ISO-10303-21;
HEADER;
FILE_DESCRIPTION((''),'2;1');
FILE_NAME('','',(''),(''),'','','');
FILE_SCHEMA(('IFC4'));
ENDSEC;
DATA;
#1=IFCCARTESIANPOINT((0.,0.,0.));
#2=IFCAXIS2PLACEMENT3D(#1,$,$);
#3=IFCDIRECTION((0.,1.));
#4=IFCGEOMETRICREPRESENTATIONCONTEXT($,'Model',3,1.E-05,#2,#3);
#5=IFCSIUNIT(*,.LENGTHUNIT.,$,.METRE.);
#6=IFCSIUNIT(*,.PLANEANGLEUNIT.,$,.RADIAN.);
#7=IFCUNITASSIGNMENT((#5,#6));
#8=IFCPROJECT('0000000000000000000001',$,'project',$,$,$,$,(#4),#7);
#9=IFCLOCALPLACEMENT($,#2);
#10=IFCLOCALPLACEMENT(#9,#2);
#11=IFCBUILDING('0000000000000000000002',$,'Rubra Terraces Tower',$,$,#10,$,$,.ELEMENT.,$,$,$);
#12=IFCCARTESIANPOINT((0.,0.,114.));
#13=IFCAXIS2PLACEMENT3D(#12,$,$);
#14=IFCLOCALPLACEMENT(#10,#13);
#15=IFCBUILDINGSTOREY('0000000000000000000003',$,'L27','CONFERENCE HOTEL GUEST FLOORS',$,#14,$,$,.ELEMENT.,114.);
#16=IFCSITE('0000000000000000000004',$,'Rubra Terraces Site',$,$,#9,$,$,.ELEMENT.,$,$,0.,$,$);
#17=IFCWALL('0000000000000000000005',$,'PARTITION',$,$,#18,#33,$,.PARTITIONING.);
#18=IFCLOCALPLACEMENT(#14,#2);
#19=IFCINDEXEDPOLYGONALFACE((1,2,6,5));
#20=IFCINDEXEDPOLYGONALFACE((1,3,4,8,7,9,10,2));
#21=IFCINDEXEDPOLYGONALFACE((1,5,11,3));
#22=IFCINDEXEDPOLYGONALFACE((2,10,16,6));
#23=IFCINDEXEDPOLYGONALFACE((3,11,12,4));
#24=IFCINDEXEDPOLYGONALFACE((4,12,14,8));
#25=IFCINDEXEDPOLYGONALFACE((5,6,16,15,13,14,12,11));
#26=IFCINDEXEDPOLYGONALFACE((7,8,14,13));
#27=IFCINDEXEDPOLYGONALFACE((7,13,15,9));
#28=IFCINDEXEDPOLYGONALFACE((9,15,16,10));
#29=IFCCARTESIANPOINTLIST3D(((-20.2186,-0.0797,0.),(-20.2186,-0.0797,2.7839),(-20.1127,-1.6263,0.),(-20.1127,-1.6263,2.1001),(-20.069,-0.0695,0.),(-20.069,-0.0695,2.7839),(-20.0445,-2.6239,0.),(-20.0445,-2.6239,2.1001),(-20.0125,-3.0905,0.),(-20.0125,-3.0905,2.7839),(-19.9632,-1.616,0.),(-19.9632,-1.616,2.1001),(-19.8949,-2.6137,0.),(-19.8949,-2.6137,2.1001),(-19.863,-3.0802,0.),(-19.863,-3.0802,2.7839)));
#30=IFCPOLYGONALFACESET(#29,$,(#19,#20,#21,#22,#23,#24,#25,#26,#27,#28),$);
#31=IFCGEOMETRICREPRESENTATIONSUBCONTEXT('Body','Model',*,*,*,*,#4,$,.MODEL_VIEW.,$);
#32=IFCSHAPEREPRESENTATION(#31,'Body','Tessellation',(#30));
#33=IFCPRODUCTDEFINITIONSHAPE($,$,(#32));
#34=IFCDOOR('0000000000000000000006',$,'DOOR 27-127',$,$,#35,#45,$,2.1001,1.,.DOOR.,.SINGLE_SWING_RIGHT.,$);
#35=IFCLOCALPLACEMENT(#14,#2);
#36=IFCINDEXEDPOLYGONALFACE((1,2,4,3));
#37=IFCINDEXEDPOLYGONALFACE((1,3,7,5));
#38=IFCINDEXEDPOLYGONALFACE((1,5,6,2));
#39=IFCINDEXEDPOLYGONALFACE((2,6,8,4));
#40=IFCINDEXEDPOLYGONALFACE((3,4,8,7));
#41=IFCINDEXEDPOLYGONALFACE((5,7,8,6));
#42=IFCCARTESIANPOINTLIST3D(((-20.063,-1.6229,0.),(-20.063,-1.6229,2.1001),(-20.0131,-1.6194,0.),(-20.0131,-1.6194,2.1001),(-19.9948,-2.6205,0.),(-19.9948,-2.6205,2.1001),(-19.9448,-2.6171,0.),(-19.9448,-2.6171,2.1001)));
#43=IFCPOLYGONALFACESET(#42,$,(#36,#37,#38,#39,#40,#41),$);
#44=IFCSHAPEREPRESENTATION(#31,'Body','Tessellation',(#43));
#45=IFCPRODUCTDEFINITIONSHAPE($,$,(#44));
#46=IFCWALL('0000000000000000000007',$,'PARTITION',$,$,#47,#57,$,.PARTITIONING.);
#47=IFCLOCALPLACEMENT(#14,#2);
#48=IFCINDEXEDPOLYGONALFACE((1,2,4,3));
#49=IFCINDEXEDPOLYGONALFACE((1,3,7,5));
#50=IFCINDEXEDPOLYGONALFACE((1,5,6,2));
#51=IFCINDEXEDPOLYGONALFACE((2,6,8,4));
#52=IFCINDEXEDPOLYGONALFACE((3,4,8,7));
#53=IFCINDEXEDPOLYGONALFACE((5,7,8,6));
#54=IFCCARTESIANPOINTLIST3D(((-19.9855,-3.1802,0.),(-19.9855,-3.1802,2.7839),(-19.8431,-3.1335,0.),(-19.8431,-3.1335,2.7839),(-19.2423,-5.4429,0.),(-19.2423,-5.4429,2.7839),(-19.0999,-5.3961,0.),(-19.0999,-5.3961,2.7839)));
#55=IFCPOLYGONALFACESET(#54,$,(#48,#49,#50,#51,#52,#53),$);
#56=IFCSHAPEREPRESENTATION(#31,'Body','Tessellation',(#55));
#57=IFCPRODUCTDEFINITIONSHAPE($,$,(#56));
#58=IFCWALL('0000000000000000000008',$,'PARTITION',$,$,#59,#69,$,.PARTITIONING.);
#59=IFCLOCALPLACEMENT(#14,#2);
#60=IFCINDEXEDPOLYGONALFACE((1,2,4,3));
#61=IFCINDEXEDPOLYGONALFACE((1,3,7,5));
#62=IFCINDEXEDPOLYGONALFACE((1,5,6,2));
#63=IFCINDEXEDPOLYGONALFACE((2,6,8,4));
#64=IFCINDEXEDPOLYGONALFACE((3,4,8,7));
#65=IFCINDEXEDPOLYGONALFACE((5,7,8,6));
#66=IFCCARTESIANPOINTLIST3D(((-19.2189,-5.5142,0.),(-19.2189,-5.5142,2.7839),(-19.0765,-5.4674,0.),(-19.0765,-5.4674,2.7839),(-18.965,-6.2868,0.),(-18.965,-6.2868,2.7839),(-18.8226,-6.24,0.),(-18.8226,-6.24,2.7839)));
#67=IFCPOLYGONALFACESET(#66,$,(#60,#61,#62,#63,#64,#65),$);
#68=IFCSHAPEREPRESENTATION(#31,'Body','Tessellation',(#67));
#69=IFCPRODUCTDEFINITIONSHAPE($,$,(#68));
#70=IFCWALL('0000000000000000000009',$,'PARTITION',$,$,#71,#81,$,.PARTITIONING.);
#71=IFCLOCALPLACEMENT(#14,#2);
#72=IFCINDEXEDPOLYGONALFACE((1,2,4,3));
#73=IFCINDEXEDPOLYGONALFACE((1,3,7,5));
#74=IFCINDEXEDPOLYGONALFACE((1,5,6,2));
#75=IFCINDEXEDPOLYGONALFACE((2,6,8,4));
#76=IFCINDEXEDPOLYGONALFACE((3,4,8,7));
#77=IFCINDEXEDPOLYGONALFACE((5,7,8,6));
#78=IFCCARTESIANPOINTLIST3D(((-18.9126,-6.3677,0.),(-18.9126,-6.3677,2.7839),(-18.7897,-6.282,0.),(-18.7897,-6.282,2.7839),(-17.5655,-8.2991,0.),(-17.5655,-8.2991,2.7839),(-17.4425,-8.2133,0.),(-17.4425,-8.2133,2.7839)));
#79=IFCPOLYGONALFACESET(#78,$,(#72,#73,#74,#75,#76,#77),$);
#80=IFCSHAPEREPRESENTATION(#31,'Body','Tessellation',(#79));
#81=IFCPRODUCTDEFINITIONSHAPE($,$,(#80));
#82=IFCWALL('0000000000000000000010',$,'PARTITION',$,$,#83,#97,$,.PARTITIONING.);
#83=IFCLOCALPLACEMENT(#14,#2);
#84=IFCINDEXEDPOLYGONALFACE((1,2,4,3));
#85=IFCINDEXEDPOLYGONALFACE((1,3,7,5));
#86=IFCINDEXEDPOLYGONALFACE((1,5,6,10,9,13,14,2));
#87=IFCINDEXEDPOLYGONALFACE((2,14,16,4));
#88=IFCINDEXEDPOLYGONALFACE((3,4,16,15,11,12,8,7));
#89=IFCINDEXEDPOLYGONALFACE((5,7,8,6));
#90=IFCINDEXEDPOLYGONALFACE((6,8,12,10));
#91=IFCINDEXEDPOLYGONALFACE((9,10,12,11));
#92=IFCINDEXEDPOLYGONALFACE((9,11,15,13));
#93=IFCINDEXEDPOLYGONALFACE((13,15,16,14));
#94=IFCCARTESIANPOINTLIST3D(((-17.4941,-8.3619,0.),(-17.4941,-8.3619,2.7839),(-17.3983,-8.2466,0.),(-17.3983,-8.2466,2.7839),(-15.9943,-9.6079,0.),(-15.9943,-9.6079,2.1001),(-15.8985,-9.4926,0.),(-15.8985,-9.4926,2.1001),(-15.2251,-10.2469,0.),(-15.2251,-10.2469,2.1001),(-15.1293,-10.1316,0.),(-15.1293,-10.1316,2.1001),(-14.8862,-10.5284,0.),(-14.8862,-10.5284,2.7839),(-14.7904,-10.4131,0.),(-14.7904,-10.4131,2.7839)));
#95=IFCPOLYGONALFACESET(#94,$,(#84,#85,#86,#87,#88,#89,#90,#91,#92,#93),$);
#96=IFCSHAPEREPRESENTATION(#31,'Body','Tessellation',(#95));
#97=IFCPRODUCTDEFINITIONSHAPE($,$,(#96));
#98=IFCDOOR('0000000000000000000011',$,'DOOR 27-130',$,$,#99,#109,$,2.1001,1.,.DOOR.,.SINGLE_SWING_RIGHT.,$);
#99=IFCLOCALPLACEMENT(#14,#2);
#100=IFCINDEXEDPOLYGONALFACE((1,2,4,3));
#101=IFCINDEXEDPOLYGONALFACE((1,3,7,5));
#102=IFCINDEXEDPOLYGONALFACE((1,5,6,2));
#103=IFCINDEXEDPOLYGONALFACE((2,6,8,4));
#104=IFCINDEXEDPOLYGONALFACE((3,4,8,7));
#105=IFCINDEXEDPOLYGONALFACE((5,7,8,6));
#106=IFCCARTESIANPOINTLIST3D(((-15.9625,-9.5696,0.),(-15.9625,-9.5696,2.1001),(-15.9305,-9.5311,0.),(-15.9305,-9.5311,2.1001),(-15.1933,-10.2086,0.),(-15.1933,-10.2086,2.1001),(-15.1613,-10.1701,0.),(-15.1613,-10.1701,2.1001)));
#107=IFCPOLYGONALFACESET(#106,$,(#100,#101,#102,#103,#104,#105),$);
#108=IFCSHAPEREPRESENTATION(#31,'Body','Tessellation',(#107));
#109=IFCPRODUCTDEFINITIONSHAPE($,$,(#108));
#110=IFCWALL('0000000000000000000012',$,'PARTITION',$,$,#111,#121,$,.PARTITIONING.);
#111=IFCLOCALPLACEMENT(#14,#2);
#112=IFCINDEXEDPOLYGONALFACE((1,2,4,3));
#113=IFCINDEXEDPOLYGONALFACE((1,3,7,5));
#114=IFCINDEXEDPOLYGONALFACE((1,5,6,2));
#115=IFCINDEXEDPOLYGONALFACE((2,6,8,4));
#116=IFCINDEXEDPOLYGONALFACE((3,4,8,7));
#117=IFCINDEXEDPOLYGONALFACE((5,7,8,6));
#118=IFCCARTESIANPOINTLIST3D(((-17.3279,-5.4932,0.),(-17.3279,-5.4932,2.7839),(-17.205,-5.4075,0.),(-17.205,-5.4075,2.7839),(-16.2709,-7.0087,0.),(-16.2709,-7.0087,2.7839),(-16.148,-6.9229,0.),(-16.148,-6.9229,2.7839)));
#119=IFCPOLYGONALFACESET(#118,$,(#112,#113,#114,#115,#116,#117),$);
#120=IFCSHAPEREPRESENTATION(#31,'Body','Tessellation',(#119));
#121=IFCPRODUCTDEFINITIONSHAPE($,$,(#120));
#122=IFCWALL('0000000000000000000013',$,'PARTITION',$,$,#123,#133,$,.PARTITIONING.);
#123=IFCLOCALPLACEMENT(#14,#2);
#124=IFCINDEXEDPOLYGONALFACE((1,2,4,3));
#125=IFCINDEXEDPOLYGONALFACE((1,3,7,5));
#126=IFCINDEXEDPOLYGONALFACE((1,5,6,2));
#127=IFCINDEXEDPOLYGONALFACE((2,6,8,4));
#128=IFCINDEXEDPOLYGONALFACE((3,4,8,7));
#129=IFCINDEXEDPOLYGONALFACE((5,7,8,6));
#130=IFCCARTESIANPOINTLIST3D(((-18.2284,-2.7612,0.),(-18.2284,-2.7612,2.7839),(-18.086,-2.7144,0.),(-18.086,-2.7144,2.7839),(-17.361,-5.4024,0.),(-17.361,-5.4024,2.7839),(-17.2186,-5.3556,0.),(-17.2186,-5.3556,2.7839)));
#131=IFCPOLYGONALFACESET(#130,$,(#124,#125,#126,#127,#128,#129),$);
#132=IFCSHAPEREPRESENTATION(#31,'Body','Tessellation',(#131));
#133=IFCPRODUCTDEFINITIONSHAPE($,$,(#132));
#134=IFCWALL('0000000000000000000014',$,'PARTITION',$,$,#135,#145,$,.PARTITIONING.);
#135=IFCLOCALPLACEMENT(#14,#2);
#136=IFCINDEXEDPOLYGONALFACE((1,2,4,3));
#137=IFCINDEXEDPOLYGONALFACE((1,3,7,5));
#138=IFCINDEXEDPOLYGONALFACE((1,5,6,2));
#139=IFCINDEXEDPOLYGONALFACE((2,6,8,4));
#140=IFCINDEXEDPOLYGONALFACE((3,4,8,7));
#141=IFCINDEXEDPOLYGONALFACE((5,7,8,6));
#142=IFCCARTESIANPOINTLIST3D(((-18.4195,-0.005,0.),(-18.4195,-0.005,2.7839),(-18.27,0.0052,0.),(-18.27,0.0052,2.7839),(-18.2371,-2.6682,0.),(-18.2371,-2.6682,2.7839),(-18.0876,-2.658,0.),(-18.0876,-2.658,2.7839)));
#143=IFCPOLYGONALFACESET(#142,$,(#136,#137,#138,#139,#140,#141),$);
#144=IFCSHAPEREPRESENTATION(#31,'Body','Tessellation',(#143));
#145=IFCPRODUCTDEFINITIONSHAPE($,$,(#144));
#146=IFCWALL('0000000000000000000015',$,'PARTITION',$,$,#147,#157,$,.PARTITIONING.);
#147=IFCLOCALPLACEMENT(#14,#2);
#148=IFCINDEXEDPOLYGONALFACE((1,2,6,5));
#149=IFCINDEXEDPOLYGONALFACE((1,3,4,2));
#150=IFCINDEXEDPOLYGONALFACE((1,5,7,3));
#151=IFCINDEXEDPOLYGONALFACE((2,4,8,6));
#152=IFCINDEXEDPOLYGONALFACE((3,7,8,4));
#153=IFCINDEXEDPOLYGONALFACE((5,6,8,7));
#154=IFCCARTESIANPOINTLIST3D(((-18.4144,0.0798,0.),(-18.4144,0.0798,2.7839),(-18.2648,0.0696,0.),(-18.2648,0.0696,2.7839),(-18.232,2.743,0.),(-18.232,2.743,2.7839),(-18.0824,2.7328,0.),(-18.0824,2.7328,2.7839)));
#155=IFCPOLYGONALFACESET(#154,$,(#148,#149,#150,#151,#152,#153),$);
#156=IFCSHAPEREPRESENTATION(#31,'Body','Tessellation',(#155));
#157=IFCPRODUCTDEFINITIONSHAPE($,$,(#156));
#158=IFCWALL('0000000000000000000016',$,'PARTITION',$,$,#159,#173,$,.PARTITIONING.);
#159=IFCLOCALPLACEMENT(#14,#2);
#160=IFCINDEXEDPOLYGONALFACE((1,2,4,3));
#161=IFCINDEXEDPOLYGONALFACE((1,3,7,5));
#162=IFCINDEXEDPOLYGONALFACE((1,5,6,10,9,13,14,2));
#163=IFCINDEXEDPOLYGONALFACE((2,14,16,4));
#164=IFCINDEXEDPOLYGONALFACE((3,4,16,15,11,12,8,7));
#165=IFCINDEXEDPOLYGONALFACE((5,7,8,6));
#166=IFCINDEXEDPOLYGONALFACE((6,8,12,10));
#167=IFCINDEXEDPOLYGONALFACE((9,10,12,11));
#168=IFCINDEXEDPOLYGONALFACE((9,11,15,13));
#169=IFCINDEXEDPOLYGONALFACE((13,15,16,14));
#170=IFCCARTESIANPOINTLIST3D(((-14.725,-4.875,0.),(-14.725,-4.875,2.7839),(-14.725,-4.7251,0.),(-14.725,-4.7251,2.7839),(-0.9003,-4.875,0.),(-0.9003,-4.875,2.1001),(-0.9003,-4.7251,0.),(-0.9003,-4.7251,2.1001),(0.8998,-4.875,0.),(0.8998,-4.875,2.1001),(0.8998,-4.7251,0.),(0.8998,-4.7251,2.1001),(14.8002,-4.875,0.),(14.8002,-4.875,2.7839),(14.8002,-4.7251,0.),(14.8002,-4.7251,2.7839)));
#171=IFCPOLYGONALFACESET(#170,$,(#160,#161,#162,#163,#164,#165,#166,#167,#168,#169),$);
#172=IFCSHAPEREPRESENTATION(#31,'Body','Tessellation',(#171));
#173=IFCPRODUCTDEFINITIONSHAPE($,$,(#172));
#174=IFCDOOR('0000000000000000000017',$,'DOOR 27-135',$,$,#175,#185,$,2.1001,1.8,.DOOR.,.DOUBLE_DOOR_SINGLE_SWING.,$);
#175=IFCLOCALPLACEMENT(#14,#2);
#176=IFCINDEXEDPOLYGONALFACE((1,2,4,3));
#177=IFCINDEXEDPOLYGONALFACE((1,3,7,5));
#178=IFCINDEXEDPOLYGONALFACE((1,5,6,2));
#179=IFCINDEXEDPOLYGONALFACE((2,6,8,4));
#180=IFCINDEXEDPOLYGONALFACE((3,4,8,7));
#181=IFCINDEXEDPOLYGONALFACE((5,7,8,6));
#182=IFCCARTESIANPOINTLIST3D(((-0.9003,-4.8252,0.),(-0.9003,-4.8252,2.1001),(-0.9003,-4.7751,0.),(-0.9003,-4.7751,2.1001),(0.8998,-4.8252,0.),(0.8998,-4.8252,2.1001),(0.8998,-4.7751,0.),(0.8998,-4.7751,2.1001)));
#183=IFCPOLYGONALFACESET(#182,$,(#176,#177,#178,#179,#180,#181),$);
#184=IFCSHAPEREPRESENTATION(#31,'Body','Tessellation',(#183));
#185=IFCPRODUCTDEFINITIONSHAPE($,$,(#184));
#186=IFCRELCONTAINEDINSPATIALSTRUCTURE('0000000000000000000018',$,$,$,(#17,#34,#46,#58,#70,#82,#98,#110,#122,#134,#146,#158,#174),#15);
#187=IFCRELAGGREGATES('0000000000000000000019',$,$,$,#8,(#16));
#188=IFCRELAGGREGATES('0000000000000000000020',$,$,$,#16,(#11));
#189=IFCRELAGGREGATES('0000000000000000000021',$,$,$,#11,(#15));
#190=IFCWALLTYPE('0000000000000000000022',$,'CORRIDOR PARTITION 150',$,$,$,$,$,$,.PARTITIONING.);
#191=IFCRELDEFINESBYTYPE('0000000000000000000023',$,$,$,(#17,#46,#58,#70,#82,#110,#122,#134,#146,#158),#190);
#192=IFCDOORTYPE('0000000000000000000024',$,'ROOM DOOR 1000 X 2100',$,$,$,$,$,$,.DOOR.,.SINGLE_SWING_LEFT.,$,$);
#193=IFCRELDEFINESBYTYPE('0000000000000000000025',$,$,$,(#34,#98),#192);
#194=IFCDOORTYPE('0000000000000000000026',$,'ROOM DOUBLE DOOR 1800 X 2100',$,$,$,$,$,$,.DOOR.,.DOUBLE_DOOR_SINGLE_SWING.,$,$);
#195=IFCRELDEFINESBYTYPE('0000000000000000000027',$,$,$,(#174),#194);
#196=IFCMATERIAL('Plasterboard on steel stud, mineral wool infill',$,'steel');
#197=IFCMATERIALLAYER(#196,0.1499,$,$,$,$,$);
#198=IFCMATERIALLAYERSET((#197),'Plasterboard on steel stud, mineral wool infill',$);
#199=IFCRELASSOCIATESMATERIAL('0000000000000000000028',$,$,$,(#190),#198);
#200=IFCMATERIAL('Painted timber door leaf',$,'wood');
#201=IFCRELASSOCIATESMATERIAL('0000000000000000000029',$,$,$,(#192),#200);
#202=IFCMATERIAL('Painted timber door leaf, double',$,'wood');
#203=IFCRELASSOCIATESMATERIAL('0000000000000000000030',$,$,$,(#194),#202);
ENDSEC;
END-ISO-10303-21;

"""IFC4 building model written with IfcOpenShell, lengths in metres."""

from ifc_helpers import new_model, si_unit, direction, frame, frame_2d, origin, place, context, subcontext, project, spatial, rectangle, extrude, material, layer, layer_set, type_object, element, fill, save


model = new_model("IFC4")

# Units and contexts
model_context = context("Model", 3, precision=1e-05, world=origin(), true_north=direction((0.0, 1.0)))
body_context = subcontext(model_context, "Body", "Model", "MODEL_VIEW")
ifc_project = project(units=[si_unit("LENGTHUNIT", "METRE"), si_unit("PLANEANGLEUNIT", "RADIAN")], contexts=[model_context])

# Site, building, storey
site_placement = place(None, origin())
site = spatial("IfcSite", under=ifc_project, at=site_placement, Name="Rubra Terraces Site", CompositionType="ELEMENT", RefElevation=0.0)
building_placement = place(site_placement, origin())
building = spatial("IfcBuilding", under=site, at=building_placement, Name="Rubra Terraces Tower", CompositionType="ELEMENT")
storey_placement = place(building_placement, frame((0.0, 0.0, 114.0)))
storey = spatial("IfcBuildingStorey", under=building, at=storey_placement, Name="L27", Description="CONFERENCE HOTEL GUEST FLOORS", CompositionType="ELEMENT", Elevation=114.0)

# Wall, opening, door
ifc_material_1 = material(Name="Plasterboard on steel stud, mineral wool infill", Category="steel")
ifc_layer_1 = layer(ifc_material_1, 0.1499)
ifc_layer_set_1 = layer_set([ifc_layer_1], Name="Plasterboard on steel stud, mineral wool infill")
wall_type_1 = type_object("IfcWallType", Name="CORRIDOR PARTITION 150", PredefinedType="PARTITIONING", material=ifc_layer_set_1)
wall_1_placement = place(storey_placement, frame((-20.1438, -0.0747, 0.0), z_axis=(0.0, 0.0, 1.0), x_axis=(0.06828, -0.997666, 0.0)))
wall_1 = element("IfcWall", 1, at=wall_1_placement, inside=storey, type_object=wall_type_1, Name="PARTITION", PredefinedType="PARTITIONING", context=body_context, shape_type="SweptSolid", body=[
    extrude(rectangle(XDim=3.0178, YDim=0.1499, at=frame_2d((1.5088, 0.0))), origin(), (0.0, 0.0, 1.0), 2.7839),
])
opening_1_placement = place(wall_1_placement, frame((1.55, 0.0, 0.0)))
opening_1 = element("IfcOpeningElement", 2, at=opening_1_placement, cuts=wall_1, PredefinedType="OPENING", context=body_context, shape_type="SweptSolid", body=[
    extrude(rectangle(XDim=1.0, YDim=2.1001, at=frame_2d((0.5, 1.05))), frame((0.0, 0.085, 0.0), z_axis=(0.0, -1.0, 0.0), x_axis=(1.0, 0.0, 0.0)), (0.0, 0.0, 1.0), 0.1699),
])
ifc_material_2 = material(Name="Painted timber door leaf", Category="wood")
door_type_1 = type_object("IfcDoorType", Name="ROOM DOOR 1000 X 2100", OperationType="SINGLE_SWING_LEFT", PredefinedType="DOOR", material=ifc_material_2)
door_1_placement = place(opening_1_placement, origin())
door_1 = element("IfcDoor", 3, at=door_1_placement, inside=storey, type_object=door_type_1, Name="DOOR 27-127", OperationType="SINGLE_SWING_RIGHT", OverallHeight=2.1001, OverallWidth=1.0, PredefinedType="DOOR", context=body_context, shape_type="SweptSolid", body=[
    extrude(rectangle(XDim=1.0, YDim=2.1001, at=frame_2d((0.5, 1.05))), frame((0.0, 0.0249, 0.0), z_axis=(0.0, -1.0, 0.0), x_axis=(1.0, 0.0, 0.0)), (0.0, 0.0, 1.0), 0.05),
])
fill(opening_1, door_1)

# Walls
wall_2_placement = place(storey_placement, frame((-19.9143, -3.1567, 0.0), z_axis=(0.0, 0.0, 1.0), x_axis=(0.312042, -0.950068, 0.0)))
element("IfcWall", 4, at=wall_2_placement, inside=storey, type_object=wall_type_1, Name="PARTITION", PredefinedType="PARTITIONING", context=body_context, shape_type="SweptSolid", body=[
    extrude(rectangle(XDim=2.3816, YDim=0.1499, at=frame_2d((1.1909, 0.0))), origin(), (0.0, 0.0, 1.0), 2.7839),
])
wall_3_placement = place(storey_placement, frame((-19.1477, -5.4907, 0.0), z_axis=(0.0, 0.0, 1.0), x_axis=(0.312173, -0.950025, 0.0)))
element("IfcWall", 5, at=wall_3_placement, inside=storey, type_object=wall_type_1, Name="PARTITION", PredefinedType="PARTITIONING", context=body_context, shape_type="SweptSolid", body=[
    extrude(rectangle(XDim=0.8132, YDim=0.1499, at=frame_2d((0.4067, 0.0))), origin(), (0.0, 0.0, 1.0), 2.7839),
])
wall_4_placement = place(storey_placement, frame((-18.8511, -6.325, 0.0), z_axis=(0.0, 0.0, 1.0), x_axis=(0.572091, -0.82019, 0.0)))
element("IfcWall", 6, at=wall_4_placement, inside=storey, type_object=wall_type_1, Name="PARTITION", PredefinedType="PARTITIONING", context=body_context, shape_type="SweptSolid", body=[
    extrude(rectangle(XDim=2.3547, YDim=0.1499, at=frame_2d((1.1772, 0.0))), origin(), (0.0, 0.0, 1.0), 2.7839),
])

# Wall, opening, door
wall_5_placement = place(storey_placement, frame((-17.4463, -8.3042, 0.0), z_axis=(0.0, 0.0, 1.0), x_axis=(0.7692, -0.639008, 0.0)))
wall_5 = element("IfcWall", 7, at=wall_5_placement, inside=storey, type_object=wall_type_1, Name="PARTITION", PredefinedType="PARTITIONING", context=body_context, shape_type="SweptSolid", body=[
    extrude(rectangle(XDim=3.3904, YDim=0.1499, at=frame_2d((1.6953, 0.0))), origin(), (0.0, 0.0, 1.0), 2.7839),
])
opening_2_placement = place(wall_5_placement, frame((1.95, 0.0, 0.0)))
opening_2 = element("IfcOpeningElement", 8, at=opening_2_placement, cuts=wall_5, PredefinedType="OPENING", context=body_context, shape_type="SweptSolid", body=[
    extrude(rectangle(XDim=1.0, YDim=2.1001, at=frame_2d((0.5, 1.05))), frame((0.0, 0.085, 0.0), z_axis=(0.0, -1.0, 0.0), x_axis=(1.0, 0.0, 0.0)), (0.0, 0.0, 1.0), 0.1699),
])
door_2_placement = place(opening_2_placement, origin())
door_2 = element("IfcDoor", 9, at=door_2_placement, inside=storey, type_object=door_type_1, Name="DOOR 27-130", OperationType="SINGLE_SWING_RIGHT", OverallHeight=2.1001, OverallWidth=1.0, PredefinedType="DOOR", context=body_context, shape_type="SweptSolid", body=[
    extrude(rectangle(XDim=1.0, YDim=2.1001, at=frame_2d((0.5, 1.05))), frame((0.0, 0.0249, 0.0), z_axis=(0.0, -1.0, 0.0), x_axis=(1.0, 0.0, 0.0)), (0.0, 0.0, 1.0), 0.05),
])
fill(opening_2, door_2)

# Walls
wall_6_placement = place(storey_placement, frame((-16.2095, -6.9658, 0.0), z_axis=(0.0, 0.0, 1.0), x_axis=(-0.572051, 0.820218, 0.0)))
element("IfcWall", 10, at=wall_6_placement, inside=storey, type_object=wall_type_1, Name="PARTITION", PredefinedType="PARTITIONING", context=body_context, shape_type="SweptSolid", body=[
    extrude(rectangle(XDim=1.8477, YDim=0.1499, at=frame_2d((0.9238, 0.0))), origin(), (0.0, 0.0, 1.0), 2.7839),
])
wall_7_placement = place(storey_placement, frame((-17.2898, -5.3792, 0.0), z_axis=(0.0, 0.0, 1.0), x_axis=(-0.312009, 0.950079, 0.0)))
element("IfcWall", 11, at=wall_7_placement, inside=storey, type_object=wall_type_1, Name="PARTITION", PredefinedType="PARTITIONING", context=body_context, shape_type="SweptSolid", body=[
    extrude(rectangle(XDim=2.78, YDim=0.1499, at=frame_2d((1.3901, 0.0))), origin(), (0.0, 0.0, 1.0), 2.7839),
])
for number, where, z_axis, x_axis, name in (
    (12, (-18.1624, -2.6631, 0.0), (0.0, 0.0, 1.0), (-0.068322, 0.997663, 0.0), "PARTITION"),
    (13, (-18.3396, 0.0747, 0.0), (0.0, 0.0, 1.0), (0.068322, 0.997663, 0.0), "PARTITION"),
):
    element("IfcWall", number, at=place(storey_placement, frame(where, z_axis=z_axis, x_axis=x_axis)), inside=storey, type_object=wall_type_1, Name=name, PredefinedType="PARTITIONING", context=body_context, shape_type="SweptSolid", body=[
        extrude(rectangle(XDim=2.6694, YDim=0.1499, at=frame_2d((1.3347, 0.0))), origin(), (0.0, 0.0, 1.0), 2.7839),
    ])

# Wall, opening, door
wall_8_placement = place(storey_placement, frame((-14.7251, -4.8, 0.0), z_axis=(0.0, 0.0, 1.0), x_axis=(1.0, 0.0, 0.0)))
wall_8 = element("IfcWall", 14, at=wall_8_placement, inside=storey, type_object=wall_type_1, Name="PARTITION", PredefinedType="PARTITIONING", context=body_context, shape_type="SweptSolid", body=[
    extrude(rectangle(XDim=29.5251, YDim=0.1499, at=frame_2d((14.7627, 0.0))), origin(), (0.0, 0.0, 1.0), 2.7839),
])
opening_3_placement = place(wall_8_placement, frame((13.825, 0.0, 0.0)))
opening_3 = element("IfcOpeningElement", 15, at=opening_3_placement, cuts=wall_8, PredefinedType="OPENING", context=body_context, shape_type="SweptSolid", body=[
    extrude(rectangle(XDim=1.8, YDim=2.1001, at=frame_2d((0.8999, 1.05))), frame((0.0, 0.085, 0.0), z_axis=(0.0, -1.0, 0.0), x_axis=(1.0, 0.0, 0.0)), (0.0, 0.0, 1.0), 0.1699),
])
ifc_material_3 = material(Name="Painted timber door leaf, double", Category="wood")
door_type_2 = type_object("IfcDoorType", Name="ROOM DOUBLE DOOR 1800 X 2100", OperationType="DOUBLE_DOOR_SINGLE_SWING", PredefinedType="DOOR", material=ifc_material_3)
door_3_placement = place(opening_3_placement, origin())
door_3 = element("IfcDoor", 16, at=door_3_placement, inside=storey, type_object=door_type_2, Name="DOOR 27-135", OperationType="DOUBLE_DOOR_SINGLE_SWING", OverallHeight=2.1001, OverallWidth=1.8, PredefinedType="DOOR", context=body_context, shape_type="SweptSolid", body=[
    extrude(rectangle(XDim=1.8, YDim=2.1001, at=frame_2d((0.8999, 1.05))), frame((0.0, 0.0249, 0.0), z_axis=(0.0, -1.0, 0.0), x_axis=(1.0, 0.0, 0.0)), (0.0, 0.0, 1.0), 0.05),
])
fill(opening_3, door_3)

save(model, "model.ifc")
